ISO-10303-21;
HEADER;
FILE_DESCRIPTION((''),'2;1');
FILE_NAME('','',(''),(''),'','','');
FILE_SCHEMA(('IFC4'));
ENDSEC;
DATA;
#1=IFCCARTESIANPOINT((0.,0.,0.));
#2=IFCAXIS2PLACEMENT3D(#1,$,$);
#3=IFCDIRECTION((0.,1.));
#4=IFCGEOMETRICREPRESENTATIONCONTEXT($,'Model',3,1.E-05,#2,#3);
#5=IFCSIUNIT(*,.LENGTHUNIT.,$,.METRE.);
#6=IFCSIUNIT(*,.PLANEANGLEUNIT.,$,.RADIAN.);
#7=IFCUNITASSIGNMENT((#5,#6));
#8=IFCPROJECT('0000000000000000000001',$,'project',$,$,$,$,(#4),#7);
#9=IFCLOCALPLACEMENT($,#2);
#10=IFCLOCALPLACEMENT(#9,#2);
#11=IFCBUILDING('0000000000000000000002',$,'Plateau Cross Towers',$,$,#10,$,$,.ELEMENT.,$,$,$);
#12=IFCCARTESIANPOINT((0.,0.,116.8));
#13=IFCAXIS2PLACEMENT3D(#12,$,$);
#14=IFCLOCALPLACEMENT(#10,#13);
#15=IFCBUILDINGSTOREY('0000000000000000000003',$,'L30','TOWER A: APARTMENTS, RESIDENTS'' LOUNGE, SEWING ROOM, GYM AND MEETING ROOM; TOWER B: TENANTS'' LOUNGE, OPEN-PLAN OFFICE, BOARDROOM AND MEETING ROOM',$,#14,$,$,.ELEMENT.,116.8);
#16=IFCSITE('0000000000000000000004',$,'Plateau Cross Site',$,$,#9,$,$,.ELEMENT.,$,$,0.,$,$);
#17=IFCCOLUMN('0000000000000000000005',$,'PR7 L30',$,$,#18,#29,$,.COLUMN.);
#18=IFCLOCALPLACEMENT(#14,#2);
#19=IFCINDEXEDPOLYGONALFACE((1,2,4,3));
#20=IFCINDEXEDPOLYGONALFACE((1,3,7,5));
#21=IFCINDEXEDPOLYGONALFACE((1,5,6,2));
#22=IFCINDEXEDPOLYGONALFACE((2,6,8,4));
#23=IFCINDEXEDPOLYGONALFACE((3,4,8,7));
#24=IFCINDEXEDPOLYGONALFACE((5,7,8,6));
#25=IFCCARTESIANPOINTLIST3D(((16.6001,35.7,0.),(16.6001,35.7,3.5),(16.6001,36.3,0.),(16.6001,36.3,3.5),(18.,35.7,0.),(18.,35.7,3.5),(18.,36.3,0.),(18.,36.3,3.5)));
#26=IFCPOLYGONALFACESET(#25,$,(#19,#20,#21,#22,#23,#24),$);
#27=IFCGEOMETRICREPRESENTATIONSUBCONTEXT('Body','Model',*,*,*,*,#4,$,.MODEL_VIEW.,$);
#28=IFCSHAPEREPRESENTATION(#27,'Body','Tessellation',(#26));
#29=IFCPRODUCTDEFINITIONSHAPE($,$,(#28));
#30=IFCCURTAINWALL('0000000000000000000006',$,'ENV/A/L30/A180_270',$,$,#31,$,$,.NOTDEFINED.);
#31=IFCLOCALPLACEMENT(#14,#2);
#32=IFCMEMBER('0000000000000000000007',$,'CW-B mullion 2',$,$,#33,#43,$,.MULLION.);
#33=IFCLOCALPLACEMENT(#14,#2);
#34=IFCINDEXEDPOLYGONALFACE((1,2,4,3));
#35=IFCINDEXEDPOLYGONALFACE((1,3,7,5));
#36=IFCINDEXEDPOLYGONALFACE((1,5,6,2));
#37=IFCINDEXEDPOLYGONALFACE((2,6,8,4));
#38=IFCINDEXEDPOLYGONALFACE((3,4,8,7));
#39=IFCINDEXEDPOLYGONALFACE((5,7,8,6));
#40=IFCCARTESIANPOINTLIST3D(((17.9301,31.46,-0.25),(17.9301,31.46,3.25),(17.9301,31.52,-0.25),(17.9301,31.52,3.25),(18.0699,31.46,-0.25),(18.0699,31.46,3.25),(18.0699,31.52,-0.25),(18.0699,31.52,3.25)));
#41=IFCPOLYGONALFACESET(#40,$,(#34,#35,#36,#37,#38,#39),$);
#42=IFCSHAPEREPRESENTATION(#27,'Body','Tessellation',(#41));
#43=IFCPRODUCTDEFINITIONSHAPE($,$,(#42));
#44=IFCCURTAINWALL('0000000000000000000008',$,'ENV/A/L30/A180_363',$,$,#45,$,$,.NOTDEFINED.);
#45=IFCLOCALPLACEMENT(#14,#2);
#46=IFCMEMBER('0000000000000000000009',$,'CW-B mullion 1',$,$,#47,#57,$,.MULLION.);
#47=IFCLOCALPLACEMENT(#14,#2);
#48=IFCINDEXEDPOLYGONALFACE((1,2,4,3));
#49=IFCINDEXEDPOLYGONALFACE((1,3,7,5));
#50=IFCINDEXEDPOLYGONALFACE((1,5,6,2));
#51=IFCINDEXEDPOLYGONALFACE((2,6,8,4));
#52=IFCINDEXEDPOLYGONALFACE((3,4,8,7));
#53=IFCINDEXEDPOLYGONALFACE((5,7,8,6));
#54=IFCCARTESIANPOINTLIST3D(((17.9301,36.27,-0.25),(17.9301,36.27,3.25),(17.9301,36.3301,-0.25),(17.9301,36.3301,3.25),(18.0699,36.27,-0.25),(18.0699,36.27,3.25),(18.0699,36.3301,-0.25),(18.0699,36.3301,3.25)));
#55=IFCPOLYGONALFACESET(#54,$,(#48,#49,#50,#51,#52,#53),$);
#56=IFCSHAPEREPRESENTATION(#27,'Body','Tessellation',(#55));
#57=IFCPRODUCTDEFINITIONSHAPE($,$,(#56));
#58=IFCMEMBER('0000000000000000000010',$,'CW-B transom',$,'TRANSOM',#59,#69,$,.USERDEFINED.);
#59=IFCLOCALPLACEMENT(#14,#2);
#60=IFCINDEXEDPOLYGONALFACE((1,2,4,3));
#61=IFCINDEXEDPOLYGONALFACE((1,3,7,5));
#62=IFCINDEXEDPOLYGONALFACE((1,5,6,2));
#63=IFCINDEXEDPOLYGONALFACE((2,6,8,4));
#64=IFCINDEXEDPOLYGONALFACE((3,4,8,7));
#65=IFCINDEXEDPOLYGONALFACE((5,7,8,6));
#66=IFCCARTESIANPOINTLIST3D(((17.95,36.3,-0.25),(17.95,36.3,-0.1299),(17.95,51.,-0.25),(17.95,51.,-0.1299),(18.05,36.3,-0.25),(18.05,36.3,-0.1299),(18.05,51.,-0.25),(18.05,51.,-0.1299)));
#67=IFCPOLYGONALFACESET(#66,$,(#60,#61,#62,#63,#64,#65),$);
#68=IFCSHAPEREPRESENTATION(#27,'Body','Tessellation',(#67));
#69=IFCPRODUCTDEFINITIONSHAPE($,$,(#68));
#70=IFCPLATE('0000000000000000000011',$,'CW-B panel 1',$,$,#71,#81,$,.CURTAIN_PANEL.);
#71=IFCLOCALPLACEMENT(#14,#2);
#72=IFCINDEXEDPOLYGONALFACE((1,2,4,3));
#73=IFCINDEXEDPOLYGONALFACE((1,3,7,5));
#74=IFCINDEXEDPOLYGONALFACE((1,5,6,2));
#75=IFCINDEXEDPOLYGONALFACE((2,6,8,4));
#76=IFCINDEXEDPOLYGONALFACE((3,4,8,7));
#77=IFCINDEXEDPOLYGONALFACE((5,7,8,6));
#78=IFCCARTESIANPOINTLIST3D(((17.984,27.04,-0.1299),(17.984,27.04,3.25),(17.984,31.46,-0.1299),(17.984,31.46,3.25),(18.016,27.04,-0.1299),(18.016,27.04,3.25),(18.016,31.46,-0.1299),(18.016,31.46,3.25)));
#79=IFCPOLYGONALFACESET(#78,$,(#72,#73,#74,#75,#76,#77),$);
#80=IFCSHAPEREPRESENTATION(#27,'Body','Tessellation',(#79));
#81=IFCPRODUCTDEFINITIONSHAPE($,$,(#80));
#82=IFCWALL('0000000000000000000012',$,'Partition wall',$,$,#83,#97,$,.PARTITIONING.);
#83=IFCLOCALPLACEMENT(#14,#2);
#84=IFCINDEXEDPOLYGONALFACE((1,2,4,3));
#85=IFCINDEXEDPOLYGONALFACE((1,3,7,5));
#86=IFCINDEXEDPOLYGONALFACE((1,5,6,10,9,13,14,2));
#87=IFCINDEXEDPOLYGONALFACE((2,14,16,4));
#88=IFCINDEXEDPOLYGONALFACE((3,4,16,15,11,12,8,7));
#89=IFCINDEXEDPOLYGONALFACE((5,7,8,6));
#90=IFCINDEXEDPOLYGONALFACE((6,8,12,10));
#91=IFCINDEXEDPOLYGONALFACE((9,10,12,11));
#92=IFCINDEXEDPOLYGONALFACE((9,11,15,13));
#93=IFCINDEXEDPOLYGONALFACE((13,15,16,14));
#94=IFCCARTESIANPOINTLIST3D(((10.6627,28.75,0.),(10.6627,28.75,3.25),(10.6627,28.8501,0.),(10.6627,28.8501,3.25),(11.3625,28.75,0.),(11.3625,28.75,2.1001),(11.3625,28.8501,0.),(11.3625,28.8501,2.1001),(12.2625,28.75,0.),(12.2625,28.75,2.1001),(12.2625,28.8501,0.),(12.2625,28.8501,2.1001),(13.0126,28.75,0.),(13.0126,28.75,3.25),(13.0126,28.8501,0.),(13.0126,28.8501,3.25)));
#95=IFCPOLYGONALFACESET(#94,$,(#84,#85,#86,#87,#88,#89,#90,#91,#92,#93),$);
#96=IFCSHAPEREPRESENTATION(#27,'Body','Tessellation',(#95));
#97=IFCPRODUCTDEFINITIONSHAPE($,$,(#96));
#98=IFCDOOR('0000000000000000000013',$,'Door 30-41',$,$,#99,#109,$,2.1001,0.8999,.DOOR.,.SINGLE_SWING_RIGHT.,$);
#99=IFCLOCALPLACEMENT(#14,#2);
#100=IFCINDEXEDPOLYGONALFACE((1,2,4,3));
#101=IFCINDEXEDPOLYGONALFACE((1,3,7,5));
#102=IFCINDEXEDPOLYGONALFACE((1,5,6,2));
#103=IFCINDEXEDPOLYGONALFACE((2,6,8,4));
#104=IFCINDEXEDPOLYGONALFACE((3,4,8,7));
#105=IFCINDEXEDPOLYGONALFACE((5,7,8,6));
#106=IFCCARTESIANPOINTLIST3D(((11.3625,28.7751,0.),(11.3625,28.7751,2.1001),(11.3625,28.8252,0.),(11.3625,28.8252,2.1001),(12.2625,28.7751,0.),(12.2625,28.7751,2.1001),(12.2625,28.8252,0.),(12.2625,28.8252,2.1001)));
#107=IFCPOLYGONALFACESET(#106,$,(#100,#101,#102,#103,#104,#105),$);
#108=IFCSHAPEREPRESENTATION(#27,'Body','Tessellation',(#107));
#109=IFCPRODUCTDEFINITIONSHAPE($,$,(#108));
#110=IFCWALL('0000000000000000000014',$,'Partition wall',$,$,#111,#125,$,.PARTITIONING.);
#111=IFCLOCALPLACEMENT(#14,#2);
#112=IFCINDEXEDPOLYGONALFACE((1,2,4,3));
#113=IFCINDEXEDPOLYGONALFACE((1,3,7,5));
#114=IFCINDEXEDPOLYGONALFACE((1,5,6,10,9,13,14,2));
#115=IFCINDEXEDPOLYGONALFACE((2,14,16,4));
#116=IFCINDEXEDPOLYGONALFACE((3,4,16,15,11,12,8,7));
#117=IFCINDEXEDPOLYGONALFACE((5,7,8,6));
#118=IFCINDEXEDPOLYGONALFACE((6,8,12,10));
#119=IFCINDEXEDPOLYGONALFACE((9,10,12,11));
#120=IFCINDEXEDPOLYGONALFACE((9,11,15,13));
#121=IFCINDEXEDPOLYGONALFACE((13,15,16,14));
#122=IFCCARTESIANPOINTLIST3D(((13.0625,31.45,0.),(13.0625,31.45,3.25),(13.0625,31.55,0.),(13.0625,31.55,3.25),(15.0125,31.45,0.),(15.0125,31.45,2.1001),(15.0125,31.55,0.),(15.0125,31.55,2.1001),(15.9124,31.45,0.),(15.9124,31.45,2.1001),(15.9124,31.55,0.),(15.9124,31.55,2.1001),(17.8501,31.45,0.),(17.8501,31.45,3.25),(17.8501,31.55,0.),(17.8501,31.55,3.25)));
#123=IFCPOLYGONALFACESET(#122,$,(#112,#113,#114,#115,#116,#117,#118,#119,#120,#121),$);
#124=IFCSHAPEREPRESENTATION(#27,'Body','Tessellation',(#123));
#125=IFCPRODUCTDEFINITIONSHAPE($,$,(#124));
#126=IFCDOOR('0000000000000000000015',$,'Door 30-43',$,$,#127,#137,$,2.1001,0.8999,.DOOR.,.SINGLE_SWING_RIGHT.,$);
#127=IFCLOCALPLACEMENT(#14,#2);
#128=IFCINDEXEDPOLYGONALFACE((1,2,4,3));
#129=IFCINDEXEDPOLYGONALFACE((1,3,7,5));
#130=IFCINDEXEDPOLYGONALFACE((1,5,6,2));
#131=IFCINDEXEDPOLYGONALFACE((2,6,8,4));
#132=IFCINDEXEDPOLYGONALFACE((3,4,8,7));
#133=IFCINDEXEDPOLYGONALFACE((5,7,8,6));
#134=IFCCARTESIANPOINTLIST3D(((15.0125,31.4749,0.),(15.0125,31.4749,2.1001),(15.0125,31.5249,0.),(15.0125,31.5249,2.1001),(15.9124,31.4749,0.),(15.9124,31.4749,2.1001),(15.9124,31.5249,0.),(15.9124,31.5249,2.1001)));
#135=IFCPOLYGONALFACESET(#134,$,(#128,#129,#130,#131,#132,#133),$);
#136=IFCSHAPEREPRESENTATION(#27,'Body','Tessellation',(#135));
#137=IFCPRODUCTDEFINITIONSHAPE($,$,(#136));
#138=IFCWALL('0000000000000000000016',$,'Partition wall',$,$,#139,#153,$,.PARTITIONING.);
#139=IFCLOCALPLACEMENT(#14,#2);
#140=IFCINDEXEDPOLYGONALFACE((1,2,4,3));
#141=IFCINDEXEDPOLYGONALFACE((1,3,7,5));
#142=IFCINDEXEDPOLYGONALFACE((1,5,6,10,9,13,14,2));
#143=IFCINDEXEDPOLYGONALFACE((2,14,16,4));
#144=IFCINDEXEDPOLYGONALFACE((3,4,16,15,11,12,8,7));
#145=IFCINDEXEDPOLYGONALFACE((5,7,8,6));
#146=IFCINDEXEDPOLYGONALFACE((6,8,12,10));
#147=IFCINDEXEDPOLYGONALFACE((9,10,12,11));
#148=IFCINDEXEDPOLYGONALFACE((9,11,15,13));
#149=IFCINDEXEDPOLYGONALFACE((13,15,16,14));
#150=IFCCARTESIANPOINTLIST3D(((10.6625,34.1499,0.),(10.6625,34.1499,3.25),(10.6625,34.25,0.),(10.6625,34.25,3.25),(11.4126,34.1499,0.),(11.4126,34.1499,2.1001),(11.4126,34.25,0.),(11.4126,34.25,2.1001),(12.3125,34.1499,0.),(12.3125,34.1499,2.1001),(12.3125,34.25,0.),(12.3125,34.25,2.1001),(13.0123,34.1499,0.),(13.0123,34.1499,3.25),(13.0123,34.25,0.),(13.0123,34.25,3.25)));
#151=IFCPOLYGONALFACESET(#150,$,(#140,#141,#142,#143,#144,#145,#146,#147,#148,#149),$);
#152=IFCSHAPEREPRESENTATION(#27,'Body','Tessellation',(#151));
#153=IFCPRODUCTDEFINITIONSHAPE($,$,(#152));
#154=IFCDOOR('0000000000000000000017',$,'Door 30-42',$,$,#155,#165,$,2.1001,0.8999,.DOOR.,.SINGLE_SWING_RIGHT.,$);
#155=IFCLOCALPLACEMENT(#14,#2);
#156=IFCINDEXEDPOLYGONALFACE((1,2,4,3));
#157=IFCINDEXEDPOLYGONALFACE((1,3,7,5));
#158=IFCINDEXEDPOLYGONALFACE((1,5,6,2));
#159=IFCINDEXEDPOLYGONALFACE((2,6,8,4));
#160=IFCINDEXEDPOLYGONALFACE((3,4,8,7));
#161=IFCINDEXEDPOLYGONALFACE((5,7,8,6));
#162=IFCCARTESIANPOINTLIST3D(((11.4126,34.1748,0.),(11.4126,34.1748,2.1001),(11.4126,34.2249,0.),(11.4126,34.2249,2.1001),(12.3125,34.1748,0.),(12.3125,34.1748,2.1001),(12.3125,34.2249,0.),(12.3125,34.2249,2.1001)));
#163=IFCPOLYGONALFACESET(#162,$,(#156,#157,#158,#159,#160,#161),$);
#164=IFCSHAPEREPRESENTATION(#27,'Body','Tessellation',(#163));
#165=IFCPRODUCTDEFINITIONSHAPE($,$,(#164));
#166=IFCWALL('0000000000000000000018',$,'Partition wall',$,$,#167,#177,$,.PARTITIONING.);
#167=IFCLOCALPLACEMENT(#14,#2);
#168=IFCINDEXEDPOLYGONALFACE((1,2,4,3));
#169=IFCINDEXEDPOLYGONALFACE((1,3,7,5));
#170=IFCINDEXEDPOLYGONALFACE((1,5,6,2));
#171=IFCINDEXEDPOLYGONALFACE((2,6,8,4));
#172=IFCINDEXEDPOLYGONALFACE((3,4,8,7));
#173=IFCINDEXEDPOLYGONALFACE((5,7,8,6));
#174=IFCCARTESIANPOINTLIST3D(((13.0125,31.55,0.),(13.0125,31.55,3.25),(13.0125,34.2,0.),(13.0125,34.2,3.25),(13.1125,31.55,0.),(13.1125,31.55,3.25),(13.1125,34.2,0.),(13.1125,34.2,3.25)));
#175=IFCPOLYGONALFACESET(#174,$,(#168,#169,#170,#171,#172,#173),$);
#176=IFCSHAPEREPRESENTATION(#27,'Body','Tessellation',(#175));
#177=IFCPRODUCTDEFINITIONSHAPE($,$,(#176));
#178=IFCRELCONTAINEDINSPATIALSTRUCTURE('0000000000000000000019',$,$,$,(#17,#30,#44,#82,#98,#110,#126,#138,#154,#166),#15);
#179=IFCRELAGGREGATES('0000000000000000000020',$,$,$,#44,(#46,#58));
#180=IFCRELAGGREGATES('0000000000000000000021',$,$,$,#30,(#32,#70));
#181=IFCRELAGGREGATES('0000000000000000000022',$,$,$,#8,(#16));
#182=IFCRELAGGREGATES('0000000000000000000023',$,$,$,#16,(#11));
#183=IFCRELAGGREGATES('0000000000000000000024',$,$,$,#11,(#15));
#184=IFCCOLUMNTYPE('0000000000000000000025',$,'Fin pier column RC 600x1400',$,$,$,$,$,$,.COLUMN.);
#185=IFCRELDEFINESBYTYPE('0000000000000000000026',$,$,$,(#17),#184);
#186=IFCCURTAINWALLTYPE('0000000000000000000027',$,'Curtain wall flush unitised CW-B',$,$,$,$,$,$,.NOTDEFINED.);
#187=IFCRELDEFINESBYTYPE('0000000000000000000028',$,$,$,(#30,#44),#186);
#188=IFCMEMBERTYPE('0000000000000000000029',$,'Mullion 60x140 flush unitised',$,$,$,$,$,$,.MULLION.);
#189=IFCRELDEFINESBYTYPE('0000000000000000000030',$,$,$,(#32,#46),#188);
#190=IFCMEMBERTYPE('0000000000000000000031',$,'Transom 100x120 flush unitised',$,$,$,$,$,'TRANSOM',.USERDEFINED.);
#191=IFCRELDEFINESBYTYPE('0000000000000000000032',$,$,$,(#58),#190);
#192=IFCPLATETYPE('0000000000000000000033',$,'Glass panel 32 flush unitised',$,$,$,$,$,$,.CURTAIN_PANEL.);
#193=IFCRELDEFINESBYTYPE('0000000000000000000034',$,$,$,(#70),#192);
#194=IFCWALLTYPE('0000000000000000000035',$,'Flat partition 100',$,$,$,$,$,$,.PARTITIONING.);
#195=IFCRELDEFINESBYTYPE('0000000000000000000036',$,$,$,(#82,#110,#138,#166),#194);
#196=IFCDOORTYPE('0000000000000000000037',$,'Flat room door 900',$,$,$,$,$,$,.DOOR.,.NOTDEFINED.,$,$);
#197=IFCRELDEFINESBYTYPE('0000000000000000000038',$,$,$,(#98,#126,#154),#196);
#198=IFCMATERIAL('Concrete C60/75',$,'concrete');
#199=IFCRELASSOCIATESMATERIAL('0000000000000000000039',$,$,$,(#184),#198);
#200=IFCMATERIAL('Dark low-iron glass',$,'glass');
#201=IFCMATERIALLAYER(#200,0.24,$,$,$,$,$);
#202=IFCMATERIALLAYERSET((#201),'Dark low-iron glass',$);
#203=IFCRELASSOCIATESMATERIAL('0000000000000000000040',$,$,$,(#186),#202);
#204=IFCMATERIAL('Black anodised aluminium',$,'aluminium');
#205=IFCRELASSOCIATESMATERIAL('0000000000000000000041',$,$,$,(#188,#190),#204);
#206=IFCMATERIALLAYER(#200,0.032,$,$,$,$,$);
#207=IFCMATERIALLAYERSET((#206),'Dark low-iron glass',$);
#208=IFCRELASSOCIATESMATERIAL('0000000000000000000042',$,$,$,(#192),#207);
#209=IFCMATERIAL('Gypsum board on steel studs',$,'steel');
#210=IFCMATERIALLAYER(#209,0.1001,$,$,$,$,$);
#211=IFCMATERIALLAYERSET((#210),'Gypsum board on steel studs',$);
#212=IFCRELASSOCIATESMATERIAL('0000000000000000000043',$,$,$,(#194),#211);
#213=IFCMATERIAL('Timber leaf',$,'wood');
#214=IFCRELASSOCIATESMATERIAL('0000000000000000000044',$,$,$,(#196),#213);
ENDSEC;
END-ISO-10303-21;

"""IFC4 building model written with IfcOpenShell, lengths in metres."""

from ifc_helpers import new_model, si_unit, direction, frame, frame_2d, origin, origin_2d, place, context, subcontext, project, spatial, rectangle, extrude, material, layer, layer_set, material_profile, profile_set, type_object, element, fill, aggregate, save


model = new_model("IFC4")

# Units and contexts
model_context = context("Model", 3, precision=1e-05, world=origin(), true_north=direction((0.0, 1.0)))
body_context = subcontext(model_context, "Body", "Model", "MODEL_VIEW")
ifc_project = project(units=[si_unit("LENGTHUNIT", "METRE"), si_unit("PLANEANGLEUNIT", "RADIAN")], contexts=[model_context])

# Site, building, storey
site_placement = place(None, origin())
site = spatial("IfcSite", under=ifc_project, at=site_placement, Name="Plateau Cross Site", CompositionType="ELEMENT", RefElevation=0.0)
building_placement = place(site_placement, origin())
building = spatial("IfcBuilding", under=site, at=building_placement, Name="Plateau Cross Towers", CompositionType="ELEMENT")
storey_placement = place(building_placement, frame((0.0, 0.0, 116.8)))
storey = spatial("IfcBuildingStorey", under=building, at=storey_placement, Name="L30", Description="TOWER A: APARTMENTS, RESIDENTS' LOUNGE, SEWING ROOM, GYM AND MEETING ROOM; TOWER B: TENANTS' LOUNGE, OPEN-PLAN OFFICE, BOARDROOM AND MEETING ROOM", CompositionType="ELEMENT", Elevation=116.8)

# Column
ifc_material_1 = material(Name="Concrete C60/75", Category="concrete")
ifc_material_profile_1 = material_profile(ifc_material_1, rectangle(XDim=0.6001, YDim=1.3999, at=origin_2d()), Name="RC 600x1400")
ifc_profile_set_1 = profile_set([ifc_material_profile_1], Name="Concrete C60/75")
column_type = type_object("IfcColumnType", Name="Fin pier column RC 600x1400", PredefinedType="COLUMN", material=ifc_profile_set_1)
column_placement = place(storey_placement, frame((17.3, 36.0, 0.0), z_axis=(0.0, 0.0, 1.0), x_axis=(0.0, 1.0, 0.0)))
element("IfcColumn", 1, at=column_placement, inside=storey, type_object=column_type, Name="PR7 L30", PredefinedType="COLUMN", context=body_context, shape_type="SweptSolid", body=[
    extrude(rectangle(XDim=0.6001, YDim=1.3999, at=origin_2d()), origin(), (0.0, 0.0, 1.0), 3.5),
])

# Curtain wall, member
ifc_material_2 = material(Name="Dark low-iron glass", Category="glass")
ifc_layer_1 = layer(ifc_material_2, 0.24)
ifc_layer_set_1 = layer_set([ifc_layer_1], Name="Dark low-iron glass")
curtain_wall_type = type_object("IfcCurtainWallType", Name="Curtain wall flush unitised CW-B", PredefinedType="NOTDEFINED", material=ifc_layer_set_1)
curtain_wall_1_placement = place(storey_placement, origin())
curtain_wall_1 = element("IfcCurtainWall", 2, at=curtain_wall_1_placement, inside=storey, type_object=curtain_wall_type, Name="ENV/A/L30/A180_270", PredefinedType="NOTDEFINED")
ifc_material_3 = material(Name="Black anodised aluminium", Category="aluminium")
ifc_material_profile_2 = material_profile(ifc_material_3, rectangle(XDim=0.0601, YDim=0.1399, at=origin_2d()), Name="MULLION 60x140")
ifc_profile_set_2 = profile_set([ifc_material_profile_2], Name="Black anodised aluminium")
member_type_1 = type_object("IfcMemberType", Name="Mullion 60x140 flush unitised", PredefinedType="MULLION", material=ifc_profile_set_2)
member_1_placement = place(storey_placement, frame((18.0, 31.49, -0.25), z_axis=(0.0, 0.0, 1.0), x_axis=(0.0, 1.0, 0.0)))
member_1 = element("IfcMember", 3, at=member_1_placement, type_object=member_type_1, Name="CW-B mullion 2", PredefinedType="MULLION", context=body_context, shape_type="SweptSolid", body=[
    extrude(rectangle(XDim=0.0601, YDim=0.1399, at=origin_2d()), origin(), (0.0, 0.0, 1.0), 3.5),
])

# Curtain wall, members
curtain_wall_2_placement = place(storey_placement, origin())
curtain_wall_2 = element("IfcCurtainWall", 4, at=curtain_wall_2_placement, inside=storey, type_object=curtain_wall_type, Name="ENV/A/L30/A180_363", PredefinedType="NOTDEFINED")
member_2_placement = place(storey_placement, frame((18.0, 36.3, -0.25), z_axis=(0.0, 0.0, 1.0), x_axis=(0.0, 1.0, 0.0)))
member_2 = element("IfcMember", 5, at=member_2_placement, type_object=member_type_1, Name="CW-B mullion 1", PredefinedType="MULLION", context=body_context, shape_type="SweptSolid", body=[
    extrude(rectangle(XDim=0.0601, YDim=0.1399, at=origin_2d()), origin(), (0.0, 0.0, 1.0), 3.5),
])
ifc_material_profile_3 = material_profile(ifc_material_3, rectangle(XDim=0.1001, YDim=0.1201, at=origin_2d()), Name="TRANSOM 100x120")
ifc_profile_set_3 = profile_set([ifc_material_profile_3], Name="Black anodised aluminium")
member_type_2 = type_object("IfcMemberType", Name="Transom 100x120 flush unitised", ElementType="TRANSOM", PredefinedType="USERDEFINED", material=ifc_profile_set_3)
member_3_placement = place(storey_placement, frame((18.0, 36.3, -0.1899), z_axis=(0.0, 1.0, 0.0), x_axis=(-1.0, 0.0, 0.0)))
member_3 = element("IfcMember", 6, at=member_3_placement, type_object=member_type_2, Name="CW-B transom", ObjectType="TRANSOM", PredefinedType="USERDEFINED", context=body_context, shape_type="SweptSolid", body=[
    extrude(rectangle(XDim=0.1001, YDim=0.1201, at=origin_2d()), origin(), (0.0, 0.0, 1.0), 14.7),
])
aggregate(curtain_wall_2, [member_2, member_3])

# Plate
ifc_layer_2 = layer(ifc_material_2, 0.032)
ifc_layer_set_2 = layer_set([ifc_layer_2], Name="Dark low-iron glass")
plate_type = type_object("IfcPlateType", Name="Glass panel 32 flush unitised", PredefinedType="CURTAIN_PANEL", material=ifc_layer_set_2)
plate_placement = place(storey_placement, frame((18.0, 29.25, -0.1299), z_axis=(0.0, 0.0, 1.0), x_axis=(0.0, 1.0, 0.0)))
plate = element("IfcPlate", 7, at=plate_placement, type_object=plate_type, Name="CW-B panel 1", PredefinedType="CURTAIN_PANEL", context=body_context, shape_type="SweptSolid", body=[
    extrude(rectangle(XDim=4.4199, YDim=0.032, at=origin_2d()), origin(), (0.0, 0.0, 1.0), 3.3799),
])
aggregate(curtain_wall_1, [member_1, plate])

# Walls, openings, doors
ifc_material_4 = material(Name="Gypsum board on steel studs", Category="steel")
ifc_layer_3 = layer(ifc_material_4, 0.1001)
ifc_layer_set_3 = layer_set([ifc_layer_3], Name="Gypsum board on steel studs")
wall_type_1 = type_object("IfcWallType", Name="Flat partition 100", PredefinedType="PARTITIONING", material=ifc_layer_set_3)
wall_1_placement = place(storey_placement, frame((13.0125, 28.8, 0.0), z_axis=(0.0, 0.0, 1.0), x_axis=(-1.0, 0.0, 0.0)))
wall_1 = element("IfcWall", 8, at=wall_1_placement, inside=storey, type_object=wall_type_1, Name="Partition wall", PredefinedType="PARTITIONING", context=body_context, shape_type="SweptSolid", body=[
    extrude(rectangle(XDim=2.3499, YDim=0.1001, at=frame_2d((1.1748, 0.0))), origin(), (0.0, 0.0, 1.0), 3.25),
])
opening_1_placement = place(wall_1_placement, frame((0.75, 0.0, 0.0)))
opening_1 = element("IfcOpeningElement", 9, at=opening_1_placement, cuts=wall_1, PredefinedType="OPENING", context=body_context, shape_type="SweptSolid", body=[
    extrude(rectangle(XDim=0.8999, YDim=2.1001, at=frame_2d((0.45, 1.05))), frame((0.0, 0.0601, 0.0), z_axis=(0.0, -1.0, 0.0), x_axis=(1.0, 0.0, 0.0)), (0.0, 0.0, 1.0), 0.1201),
])
ifc_material_5 = material(Name="Timber leaf", Category="wood")
door_type_1 = type_object("IfcDoorType", Name="Flat room door 900", OperationType="NOTDEFINED", PredefinedType="DOOR", material=ifc_material_5)
door_1_placement = place(opening_1_placement, origin())
door_1 = element("IfcDoor", 10, at=door_1_placement, inside=storey, type_object=door_type_1, Name="Door 30-41", OperationType="SINGLE_SWING_RIGHT", OverallHeight=2.1001, OverallWidth=0.8999, PredefinedType="DOOR", context=body_context, shape_type="SweptSolid", body=[
    extrude(rectangle(XDim=0.8999, YDim=2.1001, at=frame_2d((0.45, 1.05))), frame((0.0, 0.0249, 0.0), z_axis=(0.0, -1.0, 0.0), x_axis=(1.0, 0.0, 0.0)), (0.0, 0.0, 1.0), 0.05),
])
fill(opening_1, door_1)
wall_2_placement = place(storey_placement, frame((13.0625, 31.5, 0.0), z_axis=(0.0, 0.0, 1.0), x_axis=(1.0, 0.0, 0.0)))
wall_2 = element("IfcWall", 11, at=wall_2_placement, inside=storey, type_object=wall_type_1, Name="Partition wall", PredefinedType="PARTITIONING", context=body_context, shape_type="SweptSolid", body=[
    extrude(rectangle(XDim=4.7876, YDim=0.1001, at=frame_2d((2.3938, 0.0))), origin(), (0.0, 0.0, 1.0), 3.25),
])
opening_2_placement = place(wall_2_placement, frame((1.95, 0.0, 0.0)))
opening_2 = element("IfcOpeningElement", 12, at=opening_2_placement, cuts=wall_2, PredefinedType="OPENING", context=body_context, shape_type="SweptSolid", body=[
    extrude(rectangle(XDim=0.8999, YDim=2.1001, at=frame_2d((0.45, 1.05))), frame((0.0, 0.0601, 0.0), z_axis=(0.0, -1.0, 0.0), x_axis=(1.0, 0.0, 0.0)), (0.0, 0.0, 1.0), 0.1201),
])
door_2_placement = place(opening_2_placement, origin())
door_2 = element("IfcDoor", 13, at=door_2_placement, inside=storey, type_object=door_type_1, Name="Door 30-43", OperationType="SINGLE_SWING_RIGHT", OverallHeight=2.1001, OverallWidth=0.8999, PredefinedType="DOOR", context=body_context, shape_type="SweptSolid", body=[
    extrude(rectangle(XDim=0.8999, YDim=2.1001, at=frame_2d((0.45, 1.05))), frame((0.0, 0.0249, 0.0), z_axis=(0.0, -1.0, 0.0), x_axis=(1.0, 0.0, 0.0)), (0.0, 0.0, 1.0), 0.05),
])
fill(opening_2, door_2)
wall_3_placement = place(storey_placement, frame((10.6626, 34.2, 0.0), z_axis=(0.0, 0.0, 1.0), x_axis=(1.0, 0.0, 0.0)))
wall_3 = element("IfcWall", 14, at=wall_3_placement, inside=storey, type_object=wall_type_1, Name="Partition wall", PredefinedType="PARTITIONING", context=body_context, shape_type="SweptSolid", body=[
    extrude(rectangle(XDim=2.3499, YDim=0.1001, at=frame_2d((1.1748, 0.0))), origin(), (0.0, 0.0, 1.0), 3.25),
])
opening_3_placement = place(wall_3_placement, frame((0.75, 0.0, 0.0)))
opening_3 = element("IfcOpeningElement", 15, at=opening_3_placement, cuts=wall_3, PredefinedType="OPENING", context=body_context, shape_type="SweptSolid", body=[
    extrude(rectangle(XDim=0.8999, YDim=2.1001, at=frame_2d((0.45, 1.05))), frame((0.0, 0.0601, 0.0), z_axis=(0.0, -1.0, 0.0), x_axis=(1.0, 0.0, 0.0)), (0.0, 0.0, 1.0), 0.1201),
])
door_3_placement = place(opening_3_placement, origin())
door_3 = element("IfcDoor", 16, at=door_3_placement, inside=storey, type_object=door_type_1, Name="Door 30-42", OperationType="SINGLE_SWING_RIGHT", OverallHeight=2.1001, OverallWidth=0.8999, PredefinedType="DOOR", context=body_context, shape_type="SweptSolid", body=[
    extrude(rectangle(XDim=0.8999, YDim=2.1001, at=frame_2d((0.45, 1.05))), frame((0.0, 0.0249, 0.0), z_axis=(0.0, -1.0, 0.0), x_axis=(1.0, 0.0, 0.0)), (0.0, 0.0, 1.0), 0.05),
])
fill(opening_3, door_3)

# Wall
wall_4_placement = place(storey_placement, frame((13.0625, 34.2, 0.0), z_axis=(0.0, 0.0, 1.0), x_axis=(0.0, -1.0, 0.0)))
element("IfcWall", 17, at=wall_4_placement, inside=storey, type_object=wall_type_1, Name="Partition wall", PredefinedType="PARTITIONING", context=body_context, shape_type="SweptSolid", body=[
    extrude(rectangle(XDim=2.6499, YDim=0.1001, at=frame_2d((1.325, 0.0))), origin(), (0.0, 0.0, 1.0), 3.25),
])

save(model, "model.ifc")
